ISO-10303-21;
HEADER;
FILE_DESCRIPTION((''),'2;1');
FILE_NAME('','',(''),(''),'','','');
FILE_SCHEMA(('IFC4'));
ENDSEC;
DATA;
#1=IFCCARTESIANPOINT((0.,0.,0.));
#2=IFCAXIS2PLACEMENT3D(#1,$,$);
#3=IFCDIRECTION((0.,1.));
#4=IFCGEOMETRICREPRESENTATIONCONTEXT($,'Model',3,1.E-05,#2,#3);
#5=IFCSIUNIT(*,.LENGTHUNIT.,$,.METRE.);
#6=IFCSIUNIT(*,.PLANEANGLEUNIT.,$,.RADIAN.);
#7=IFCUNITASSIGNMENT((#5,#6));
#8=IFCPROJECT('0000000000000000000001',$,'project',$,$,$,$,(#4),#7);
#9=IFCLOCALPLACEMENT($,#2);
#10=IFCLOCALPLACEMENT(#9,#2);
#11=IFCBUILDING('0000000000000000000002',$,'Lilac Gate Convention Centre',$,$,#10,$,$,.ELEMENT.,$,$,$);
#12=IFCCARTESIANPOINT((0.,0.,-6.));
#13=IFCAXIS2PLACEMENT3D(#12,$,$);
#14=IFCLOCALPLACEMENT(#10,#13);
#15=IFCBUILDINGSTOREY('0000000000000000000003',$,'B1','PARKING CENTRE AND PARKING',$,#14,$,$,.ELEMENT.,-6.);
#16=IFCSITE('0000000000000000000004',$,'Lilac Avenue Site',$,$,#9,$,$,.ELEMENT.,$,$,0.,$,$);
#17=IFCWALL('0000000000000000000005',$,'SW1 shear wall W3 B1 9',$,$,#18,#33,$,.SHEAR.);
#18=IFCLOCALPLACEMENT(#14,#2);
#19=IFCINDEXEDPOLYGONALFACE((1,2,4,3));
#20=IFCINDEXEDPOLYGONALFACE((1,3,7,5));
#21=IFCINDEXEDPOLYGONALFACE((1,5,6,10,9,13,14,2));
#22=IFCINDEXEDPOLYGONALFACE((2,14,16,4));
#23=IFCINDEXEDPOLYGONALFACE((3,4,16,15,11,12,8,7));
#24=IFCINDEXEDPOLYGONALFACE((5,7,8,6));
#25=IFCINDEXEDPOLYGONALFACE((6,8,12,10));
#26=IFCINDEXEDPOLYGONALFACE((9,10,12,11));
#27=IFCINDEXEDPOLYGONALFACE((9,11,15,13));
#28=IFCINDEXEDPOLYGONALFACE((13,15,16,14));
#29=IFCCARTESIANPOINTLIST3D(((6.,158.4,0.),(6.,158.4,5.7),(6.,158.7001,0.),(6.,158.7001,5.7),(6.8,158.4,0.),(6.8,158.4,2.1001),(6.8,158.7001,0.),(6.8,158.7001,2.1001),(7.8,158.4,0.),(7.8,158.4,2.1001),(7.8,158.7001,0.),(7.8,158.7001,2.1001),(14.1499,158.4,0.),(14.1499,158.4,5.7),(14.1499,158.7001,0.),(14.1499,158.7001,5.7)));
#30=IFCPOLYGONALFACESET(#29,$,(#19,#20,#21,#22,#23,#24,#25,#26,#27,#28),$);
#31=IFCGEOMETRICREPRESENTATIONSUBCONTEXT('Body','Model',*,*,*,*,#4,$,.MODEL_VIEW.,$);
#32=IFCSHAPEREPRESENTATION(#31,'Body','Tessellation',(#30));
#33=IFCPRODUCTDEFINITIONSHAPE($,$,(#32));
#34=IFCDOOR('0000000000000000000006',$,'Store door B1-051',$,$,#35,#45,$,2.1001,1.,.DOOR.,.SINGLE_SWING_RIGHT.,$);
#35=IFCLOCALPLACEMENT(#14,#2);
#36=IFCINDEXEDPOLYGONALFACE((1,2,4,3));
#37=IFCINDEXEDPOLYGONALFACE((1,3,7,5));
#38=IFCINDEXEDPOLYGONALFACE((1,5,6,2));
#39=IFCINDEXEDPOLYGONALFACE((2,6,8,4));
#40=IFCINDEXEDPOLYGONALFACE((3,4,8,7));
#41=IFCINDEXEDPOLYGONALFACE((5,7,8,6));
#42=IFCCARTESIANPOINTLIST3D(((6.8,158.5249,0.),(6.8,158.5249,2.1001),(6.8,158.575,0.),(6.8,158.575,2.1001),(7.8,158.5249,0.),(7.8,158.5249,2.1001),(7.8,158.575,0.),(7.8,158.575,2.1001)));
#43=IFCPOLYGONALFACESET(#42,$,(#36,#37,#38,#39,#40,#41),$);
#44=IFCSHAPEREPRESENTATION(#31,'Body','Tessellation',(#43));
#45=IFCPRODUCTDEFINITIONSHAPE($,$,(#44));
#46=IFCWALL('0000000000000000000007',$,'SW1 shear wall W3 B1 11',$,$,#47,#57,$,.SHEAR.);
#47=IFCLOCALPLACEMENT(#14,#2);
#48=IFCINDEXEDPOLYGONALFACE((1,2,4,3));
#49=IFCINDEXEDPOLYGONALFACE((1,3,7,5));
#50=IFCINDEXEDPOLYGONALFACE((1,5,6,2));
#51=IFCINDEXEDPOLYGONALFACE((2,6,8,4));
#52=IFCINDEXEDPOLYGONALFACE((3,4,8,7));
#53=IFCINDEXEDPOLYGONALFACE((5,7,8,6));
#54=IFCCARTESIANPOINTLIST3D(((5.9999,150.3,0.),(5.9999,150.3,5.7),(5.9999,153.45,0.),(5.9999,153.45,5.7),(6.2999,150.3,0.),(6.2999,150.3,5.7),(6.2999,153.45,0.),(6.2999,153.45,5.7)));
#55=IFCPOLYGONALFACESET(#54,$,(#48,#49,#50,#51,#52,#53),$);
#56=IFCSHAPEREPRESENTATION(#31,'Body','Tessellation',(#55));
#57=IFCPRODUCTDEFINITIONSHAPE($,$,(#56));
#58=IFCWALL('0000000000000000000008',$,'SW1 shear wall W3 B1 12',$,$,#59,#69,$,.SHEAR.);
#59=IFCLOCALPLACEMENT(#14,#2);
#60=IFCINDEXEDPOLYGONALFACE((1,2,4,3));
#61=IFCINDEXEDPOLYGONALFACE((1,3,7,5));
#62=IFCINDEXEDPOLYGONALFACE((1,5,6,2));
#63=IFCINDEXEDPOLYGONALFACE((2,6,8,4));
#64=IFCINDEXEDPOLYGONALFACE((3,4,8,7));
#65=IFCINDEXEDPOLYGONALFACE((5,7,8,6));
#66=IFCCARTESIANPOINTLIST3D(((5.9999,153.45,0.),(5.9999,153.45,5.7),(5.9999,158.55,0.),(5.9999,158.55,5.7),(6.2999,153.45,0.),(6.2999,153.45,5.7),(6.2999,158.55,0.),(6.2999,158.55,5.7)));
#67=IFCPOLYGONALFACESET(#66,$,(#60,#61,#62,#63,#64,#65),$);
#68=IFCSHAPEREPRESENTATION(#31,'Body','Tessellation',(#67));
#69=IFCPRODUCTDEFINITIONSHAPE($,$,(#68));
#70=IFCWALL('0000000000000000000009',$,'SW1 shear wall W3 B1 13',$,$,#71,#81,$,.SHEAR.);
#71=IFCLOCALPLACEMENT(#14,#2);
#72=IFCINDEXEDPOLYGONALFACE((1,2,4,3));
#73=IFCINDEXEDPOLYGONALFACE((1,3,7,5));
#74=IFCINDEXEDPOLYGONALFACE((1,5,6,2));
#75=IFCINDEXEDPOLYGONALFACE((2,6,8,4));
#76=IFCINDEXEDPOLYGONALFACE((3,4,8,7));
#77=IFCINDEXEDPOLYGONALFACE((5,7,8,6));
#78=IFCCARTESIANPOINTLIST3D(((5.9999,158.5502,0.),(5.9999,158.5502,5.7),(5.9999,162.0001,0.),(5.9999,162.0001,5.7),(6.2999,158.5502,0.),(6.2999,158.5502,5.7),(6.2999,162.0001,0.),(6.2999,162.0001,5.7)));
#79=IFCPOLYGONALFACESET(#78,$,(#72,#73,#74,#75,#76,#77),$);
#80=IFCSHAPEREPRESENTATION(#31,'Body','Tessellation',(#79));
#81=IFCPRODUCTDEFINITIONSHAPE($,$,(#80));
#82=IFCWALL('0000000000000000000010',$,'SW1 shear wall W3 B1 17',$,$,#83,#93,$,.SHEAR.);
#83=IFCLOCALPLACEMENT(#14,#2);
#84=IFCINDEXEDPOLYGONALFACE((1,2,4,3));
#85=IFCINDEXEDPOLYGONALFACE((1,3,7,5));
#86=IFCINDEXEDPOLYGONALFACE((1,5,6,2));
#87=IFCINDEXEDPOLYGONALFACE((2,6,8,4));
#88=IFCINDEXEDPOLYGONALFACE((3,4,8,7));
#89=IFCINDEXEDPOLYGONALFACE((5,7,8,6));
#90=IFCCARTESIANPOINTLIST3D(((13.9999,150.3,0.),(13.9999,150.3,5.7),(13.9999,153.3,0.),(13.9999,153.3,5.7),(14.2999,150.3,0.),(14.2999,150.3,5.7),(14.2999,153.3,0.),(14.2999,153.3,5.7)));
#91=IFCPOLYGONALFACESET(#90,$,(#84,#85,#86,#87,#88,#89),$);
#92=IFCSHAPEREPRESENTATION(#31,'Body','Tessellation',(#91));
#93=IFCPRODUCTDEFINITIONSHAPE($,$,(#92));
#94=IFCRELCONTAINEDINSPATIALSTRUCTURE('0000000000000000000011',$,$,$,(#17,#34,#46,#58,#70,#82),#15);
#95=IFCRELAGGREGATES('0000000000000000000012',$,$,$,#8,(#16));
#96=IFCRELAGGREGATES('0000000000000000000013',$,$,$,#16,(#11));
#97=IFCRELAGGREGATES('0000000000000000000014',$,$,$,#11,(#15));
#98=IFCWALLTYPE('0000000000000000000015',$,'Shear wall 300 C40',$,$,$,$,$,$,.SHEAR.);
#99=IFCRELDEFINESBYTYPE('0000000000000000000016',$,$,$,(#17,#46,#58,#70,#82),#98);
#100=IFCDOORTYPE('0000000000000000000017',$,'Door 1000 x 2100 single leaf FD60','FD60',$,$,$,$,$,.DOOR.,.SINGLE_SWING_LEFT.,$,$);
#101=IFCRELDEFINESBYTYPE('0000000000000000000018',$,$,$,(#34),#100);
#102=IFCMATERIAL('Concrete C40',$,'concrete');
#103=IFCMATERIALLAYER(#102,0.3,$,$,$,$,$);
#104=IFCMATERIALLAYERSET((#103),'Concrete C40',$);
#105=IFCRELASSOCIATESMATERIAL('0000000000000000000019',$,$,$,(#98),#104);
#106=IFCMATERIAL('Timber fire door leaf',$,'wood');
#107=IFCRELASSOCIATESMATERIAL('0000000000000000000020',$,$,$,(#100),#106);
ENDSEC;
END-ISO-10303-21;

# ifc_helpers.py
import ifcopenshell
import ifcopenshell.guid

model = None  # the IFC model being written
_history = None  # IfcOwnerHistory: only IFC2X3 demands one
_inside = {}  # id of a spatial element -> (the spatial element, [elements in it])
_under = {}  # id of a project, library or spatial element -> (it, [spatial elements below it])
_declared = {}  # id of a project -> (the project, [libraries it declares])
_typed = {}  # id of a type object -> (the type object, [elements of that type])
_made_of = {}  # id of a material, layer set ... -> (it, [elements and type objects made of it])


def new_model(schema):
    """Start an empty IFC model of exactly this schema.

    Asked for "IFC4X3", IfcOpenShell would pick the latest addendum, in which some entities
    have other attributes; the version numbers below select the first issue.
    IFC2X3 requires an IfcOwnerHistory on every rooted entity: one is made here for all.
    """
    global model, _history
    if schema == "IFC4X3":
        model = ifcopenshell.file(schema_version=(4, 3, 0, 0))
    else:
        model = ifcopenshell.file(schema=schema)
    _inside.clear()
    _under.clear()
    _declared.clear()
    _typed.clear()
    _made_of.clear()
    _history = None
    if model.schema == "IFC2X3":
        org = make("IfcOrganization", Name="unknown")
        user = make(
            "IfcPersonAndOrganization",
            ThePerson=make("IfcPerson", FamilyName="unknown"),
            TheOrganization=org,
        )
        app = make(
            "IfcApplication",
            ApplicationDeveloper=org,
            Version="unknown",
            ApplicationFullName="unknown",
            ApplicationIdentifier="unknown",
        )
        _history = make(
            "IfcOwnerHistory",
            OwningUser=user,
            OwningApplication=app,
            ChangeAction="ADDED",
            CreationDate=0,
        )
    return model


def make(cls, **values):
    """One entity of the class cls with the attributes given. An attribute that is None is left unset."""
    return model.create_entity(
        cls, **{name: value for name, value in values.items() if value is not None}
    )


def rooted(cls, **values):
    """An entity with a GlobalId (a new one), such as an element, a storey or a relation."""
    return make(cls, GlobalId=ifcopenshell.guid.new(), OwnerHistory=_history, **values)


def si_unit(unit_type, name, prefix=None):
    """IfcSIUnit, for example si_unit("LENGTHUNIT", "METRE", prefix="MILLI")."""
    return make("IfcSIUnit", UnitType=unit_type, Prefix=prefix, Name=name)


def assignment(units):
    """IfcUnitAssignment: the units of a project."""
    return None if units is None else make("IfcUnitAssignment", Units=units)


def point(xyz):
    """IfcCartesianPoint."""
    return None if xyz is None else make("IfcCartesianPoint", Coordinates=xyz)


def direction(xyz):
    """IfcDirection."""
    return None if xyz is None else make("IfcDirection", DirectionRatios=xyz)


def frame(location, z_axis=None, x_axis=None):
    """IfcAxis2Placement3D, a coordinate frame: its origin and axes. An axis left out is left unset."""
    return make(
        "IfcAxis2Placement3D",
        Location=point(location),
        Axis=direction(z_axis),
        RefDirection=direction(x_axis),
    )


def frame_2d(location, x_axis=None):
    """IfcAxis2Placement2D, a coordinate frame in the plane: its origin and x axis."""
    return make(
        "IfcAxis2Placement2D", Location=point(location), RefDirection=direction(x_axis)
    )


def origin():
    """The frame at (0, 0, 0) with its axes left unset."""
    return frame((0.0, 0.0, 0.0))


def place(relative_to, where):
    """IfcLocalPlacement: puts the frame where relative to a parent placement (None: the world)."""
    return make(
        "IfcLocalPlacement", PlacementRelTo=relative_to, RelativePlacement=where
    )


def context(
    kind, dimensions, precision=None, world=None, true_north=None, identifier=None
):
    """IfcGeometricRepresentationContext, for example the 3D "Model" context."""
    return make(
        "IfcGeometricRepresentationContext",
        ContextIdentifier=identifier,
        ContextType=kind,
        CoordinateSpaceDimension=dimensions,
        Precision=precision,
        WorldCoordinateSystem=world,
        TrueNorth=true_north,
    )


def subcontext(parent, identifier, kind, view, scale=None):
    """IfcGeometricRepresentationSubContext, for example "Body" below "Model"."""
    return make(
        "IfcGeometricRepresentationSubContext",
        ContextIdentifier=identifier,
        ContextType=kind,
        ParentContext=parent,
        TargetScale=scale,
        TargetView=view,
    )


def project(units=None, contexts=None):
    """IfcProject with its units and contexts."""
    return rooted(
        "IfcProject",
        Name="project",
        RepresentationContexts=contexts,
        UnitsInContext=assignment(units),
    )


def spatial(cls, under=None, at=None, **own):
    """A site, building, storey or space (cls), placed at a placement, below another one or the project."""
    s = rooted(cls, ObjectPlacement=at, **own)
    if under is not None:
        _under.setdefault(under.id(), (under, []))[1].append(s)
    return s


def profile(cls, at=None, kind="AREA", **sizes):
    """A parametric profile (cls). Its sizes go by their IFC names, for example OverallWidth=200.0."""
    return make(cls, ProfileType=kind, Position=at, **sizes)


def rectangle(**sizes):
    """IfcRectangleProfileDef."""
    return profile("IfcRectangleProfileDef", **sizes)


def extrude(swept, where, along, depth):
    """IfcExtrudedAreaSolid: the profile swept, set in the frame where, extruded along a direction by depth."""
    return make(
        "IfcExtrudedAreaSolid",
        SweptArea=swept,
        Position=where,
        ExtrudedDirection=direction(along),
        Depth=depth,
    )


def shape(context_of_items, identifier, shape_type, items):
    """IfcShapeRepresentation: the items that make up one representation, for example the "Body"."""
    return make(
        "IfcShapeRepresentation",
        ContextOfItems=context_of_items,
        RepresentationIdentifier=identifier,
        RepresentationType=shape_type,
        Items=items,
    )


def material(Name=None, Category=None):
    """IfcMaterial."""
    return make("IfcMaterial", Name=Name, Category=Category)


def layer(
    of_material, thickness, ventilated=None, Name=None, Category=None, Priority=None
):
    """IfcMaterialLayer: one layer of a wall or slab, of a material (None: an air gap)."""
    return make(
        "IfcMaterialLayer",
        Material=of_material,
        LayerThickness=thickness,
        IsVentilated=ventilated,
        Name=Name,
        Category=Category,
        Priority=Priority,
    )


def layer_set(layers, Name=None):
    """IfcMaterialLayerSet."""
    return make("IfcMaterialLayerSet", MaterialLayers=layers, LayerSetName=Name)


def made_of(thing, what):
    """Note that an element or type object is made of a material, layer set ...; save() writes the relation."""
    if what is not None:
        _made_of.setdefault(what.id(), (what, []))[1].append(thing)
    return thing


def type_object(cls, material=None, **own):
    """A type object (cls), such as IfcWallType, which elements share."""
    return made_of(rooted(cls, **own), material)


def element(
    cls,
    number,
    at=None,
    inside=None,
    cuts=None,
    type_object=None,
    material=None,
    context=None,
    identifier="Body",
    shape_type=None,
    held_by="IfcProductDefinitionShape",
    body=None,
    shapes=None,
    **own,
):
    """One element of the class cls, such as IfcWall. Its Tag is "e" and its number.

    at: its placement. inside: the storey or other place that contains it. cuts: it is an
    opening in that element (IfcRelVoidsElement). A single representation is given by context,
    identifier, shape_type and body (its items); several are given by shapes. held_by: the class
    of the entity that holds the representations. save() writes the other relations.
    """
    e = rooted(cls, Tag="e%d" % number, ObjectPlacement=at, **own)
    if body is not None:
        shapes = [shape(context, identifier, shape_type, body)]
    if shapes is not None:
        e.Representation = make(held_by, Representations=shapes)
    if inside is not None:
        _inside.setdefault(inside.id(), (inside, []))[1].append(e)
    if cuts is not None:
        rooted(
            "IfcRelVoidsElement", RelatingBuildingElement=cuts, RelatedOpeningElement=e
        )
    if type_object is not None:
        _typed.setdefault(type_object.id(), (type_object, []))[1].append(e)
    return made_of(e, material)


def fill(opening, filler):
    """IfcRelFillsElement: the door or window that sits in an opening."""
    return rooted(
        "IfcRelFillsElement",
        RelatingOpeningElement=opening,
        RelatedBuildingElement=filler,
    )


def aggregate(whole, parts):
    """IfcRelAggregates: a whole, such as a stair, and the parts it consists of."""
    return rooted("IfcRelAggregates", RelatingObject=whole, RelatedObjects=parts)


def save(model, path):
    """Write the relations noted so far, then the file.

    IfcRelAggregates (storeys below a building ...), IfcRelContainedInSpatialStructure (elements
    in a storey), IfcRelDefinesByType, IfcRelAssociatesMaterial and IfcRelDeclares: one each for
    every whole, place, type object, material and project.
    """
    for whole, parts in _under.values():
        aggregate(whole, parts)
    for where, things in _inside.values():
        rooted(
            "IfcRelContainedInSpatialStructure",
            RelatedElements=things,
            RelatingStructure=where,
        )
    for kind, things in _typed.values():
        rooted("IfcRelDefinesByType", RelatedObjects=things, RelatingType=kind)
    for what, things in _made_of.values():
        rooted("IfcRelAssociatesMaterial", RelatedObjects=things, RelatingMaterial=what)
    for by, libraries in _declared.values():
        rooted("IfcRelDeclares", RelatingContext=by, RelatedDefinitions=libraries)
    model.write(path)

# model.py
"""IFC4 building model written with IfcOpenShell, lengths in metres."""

from ifc_helpers import new_model, si_unit, direction, frame, frame_2d, origin, place, context, subcontext, project, spatial, rectangle, extrude, material, layer, layer_set, type_object, element, fill, save


model = new_model("IFC4")

# Units and contexts
model_context = context("Model", 3, precision=1e-05, world=origin(), true_north=direction((0.0, 1.0)))
body_context = subcontext(model_context, "Body", "Model", "MODEL_VIEW")
ifc_project = project(units=[si_unit("LENGTHUNIT", "METRE"), si_unit("PLANEANGLEUNIT", "RADIAN")], contexts=[model_context])

# Site, building, storey
site_placement = place(None, origin())
site = spatial("IfcSite", under=ifc_project, at=site_placement, Name="Lilac Avenue Site", CompositionType="ELEMENT", RefElevation=0.0)
building_placement = place(site_placement, origin())
building = spatial("IfcBuilding", under=site, at=building_placement, Name="Lilac Gate Convention Centre", CompositionType="ELEMENT")
storey_placement = place(building_placement, frame((0.0, 0.0, -6.0)))
storey = spatial("IfcBuildingStorey", under=building, at=storey_placement, Name="B1", Description="PARKING CENTRE AND PARKING", CompositionType="ELEMENT", Elevation=-6.0)

# Shared definitions
ifc_material_1 = material(Name="Timber fire door leaf", Category="wood")

# Shared definitions
ifc_material_2 = material(Name="Concrete C40", Category="concrete")
ifc_layer_1 = layer(ifc_material_2, 0.3)
ifc_layer_set_1 = layer_set([ifc_layer_1], Name="Concrete C40")
wall_type_1 = type_object("IfcWallType", Name="Shear wall 300 C40", PredefinedType="SHEAR", material=ifc_layer_set_1)

# Wall, opening, door
door_type_1 = type_object("IfcDoorType", Name="Door 1000 x 2100 single leaf FD60", Description="FD60", OperationType="SINGLE_SWING_LEFT", PredefinedType="DOOR", material=ifc_material_1)
wall_1_placement = place(storey_placement, frame((6.0, 158.55, 0.0), z_axis=(0.0, 0.0, 1.0), x_axis=(1.0, 0.0, 0.0)))
wall_1 = element("IfcWall", 1, at=wall_1_placement, inside=storey, type_object=wall_type_1, Name="SW1 shear wall W3 B1 9", PredefinedType="SHEAR", context=body_context, shape_type="SweptSolid", body=[
    extrude(rectangle(XDim=8.1499, YDim=0.3, at=frame_2d((4.075, 0.0))), origin(), (0.0, 0.0, 1.0), 5.7),
])
opening_1_placement = place(wall_1_placement, frame((0.8, 0.0, 0.0)))
opening_1 = element("IfcOpeningElement", 2, at=opening_1_placement, cuts=wall_1, PredefinedType="OPENING", context=body_context, shape_type="SweptSolid", body=[
    extrude(rectangle(XDim=1.0, YDim=2.1001, at=frame_2d((0.5, 1.05))), frame((0.0, 0.1599, 0.0), z_axis=(0.0, -1.0, 0.0), x_axis=(1.0, 0.0, 0.0)), (0.0, 0.0, 1.0), 0.3201),
])
door_1_placement = place(opening_1_placement, origin())
door_1 = element("IfcDoor", 3, at=door_1_placement, inside=storey, type_object=door_type_1, Name="Store door B1-051", OperationType="SINGLE_SWING_RIGHT", OverallHeight=2.1001, OverallWidth=1.0, PredefinedType="DOOR", context=body_context, shape_type="SweptSolid", body=[
    extrude(rectangle(XDim=1.0, YDim=2.1001, at=frame_2d((0.5, 1.05))), frame((0.0, 0.0249, 0.0), z_axis=(0.0, -1.0, 0.0), x_axis=(1.0, 0.0, 0.0)), (0.0, 0.0, 1.0), 0.05),
])
fill(opening_1, door_1)

# Walls
wall_2_placement = place(storey_placement, frame((6.1499, 150.3, 0.0), z_axis=(0.0, 0.0, 1.0), x_axis=(0.0, 1.0, 0.0)))
element("IfcWall", 4, at=wall_2_placement, inside=storey, type_object=wall_type_1, Name="SW1 shear wall W3 B1 11", PredefinedType="SHEAR", context=body_context, shape_type="SweptSolid", body=[
    extrude(rectangle(XDim=3.1499, YDim=0.3, at=frame_2d((1.575, 0.0))), origin(), (0.0, 0.0, 1.0), 5.7),
])
wall_3_placement = place(storey_placement, frame((6.1499, 153.45, 0.0), z_axis=(0.0, 0.0, 1.0), x_axis=(0.0, 1.0, 0.0)))
element("IfcWall", 5, at=wall_3_placement, inside=storey, type_object=wall_type_1, Name="SW1 shear wall W3 B1 12", PredefinedType="SHEAR", context=body_context, shape_type="SweptSolid", body=[
    extrude(rectangle(XDim=5.1001, YDim=0.3, at=frame_2d((2.55, 0.0))), origin(), (0.0, 0.0, 1.0), 5.7),
])
wall_4_placement = place(storey_placement, frame((6.1499, 158.55, 0.0), z_axis=(0.0, 0.0, 1.0), x_axis=(0.0, 1.0, 0.0)))
element("IfcWall", 6, at=wall_4_placement, inside=storey, type_object=wall_type_1, Name="SW1 shear wall W3 B1 13", PredefinedType="SHEAR", context=body_context, shape_type="SweptSolid", body=[
    extrude(rectangle(XDim=3.45, YDim=0.3, at=frame_2d((1.7251, 0.0))), origin(), (0.0, 0.0, 1.0), 5.7),
])
wall_5_placement = place(storey_placement, frame((14.1499, 150.3, 0.0), z_axis=(0.0, 0.0, 1.0), x_axis=(0.0, 1.0, 0.0)))
element("IfcWall", 7, at=wall_5_placement, inside=storey, type_object=wall_type_1, Name="SW1 shear wall W3 B1 17", PredefinedType="SHEAR", context=body_context, shape_type="SweptSolid", body=[
    extrude(rectangle(XDim=3.0, YDim=0.3, at=frame_2d((1.5, 0.0))), origin(), (0.0, 0.0, 1.0), 5.7),
])

save(model, "model.ifc")
